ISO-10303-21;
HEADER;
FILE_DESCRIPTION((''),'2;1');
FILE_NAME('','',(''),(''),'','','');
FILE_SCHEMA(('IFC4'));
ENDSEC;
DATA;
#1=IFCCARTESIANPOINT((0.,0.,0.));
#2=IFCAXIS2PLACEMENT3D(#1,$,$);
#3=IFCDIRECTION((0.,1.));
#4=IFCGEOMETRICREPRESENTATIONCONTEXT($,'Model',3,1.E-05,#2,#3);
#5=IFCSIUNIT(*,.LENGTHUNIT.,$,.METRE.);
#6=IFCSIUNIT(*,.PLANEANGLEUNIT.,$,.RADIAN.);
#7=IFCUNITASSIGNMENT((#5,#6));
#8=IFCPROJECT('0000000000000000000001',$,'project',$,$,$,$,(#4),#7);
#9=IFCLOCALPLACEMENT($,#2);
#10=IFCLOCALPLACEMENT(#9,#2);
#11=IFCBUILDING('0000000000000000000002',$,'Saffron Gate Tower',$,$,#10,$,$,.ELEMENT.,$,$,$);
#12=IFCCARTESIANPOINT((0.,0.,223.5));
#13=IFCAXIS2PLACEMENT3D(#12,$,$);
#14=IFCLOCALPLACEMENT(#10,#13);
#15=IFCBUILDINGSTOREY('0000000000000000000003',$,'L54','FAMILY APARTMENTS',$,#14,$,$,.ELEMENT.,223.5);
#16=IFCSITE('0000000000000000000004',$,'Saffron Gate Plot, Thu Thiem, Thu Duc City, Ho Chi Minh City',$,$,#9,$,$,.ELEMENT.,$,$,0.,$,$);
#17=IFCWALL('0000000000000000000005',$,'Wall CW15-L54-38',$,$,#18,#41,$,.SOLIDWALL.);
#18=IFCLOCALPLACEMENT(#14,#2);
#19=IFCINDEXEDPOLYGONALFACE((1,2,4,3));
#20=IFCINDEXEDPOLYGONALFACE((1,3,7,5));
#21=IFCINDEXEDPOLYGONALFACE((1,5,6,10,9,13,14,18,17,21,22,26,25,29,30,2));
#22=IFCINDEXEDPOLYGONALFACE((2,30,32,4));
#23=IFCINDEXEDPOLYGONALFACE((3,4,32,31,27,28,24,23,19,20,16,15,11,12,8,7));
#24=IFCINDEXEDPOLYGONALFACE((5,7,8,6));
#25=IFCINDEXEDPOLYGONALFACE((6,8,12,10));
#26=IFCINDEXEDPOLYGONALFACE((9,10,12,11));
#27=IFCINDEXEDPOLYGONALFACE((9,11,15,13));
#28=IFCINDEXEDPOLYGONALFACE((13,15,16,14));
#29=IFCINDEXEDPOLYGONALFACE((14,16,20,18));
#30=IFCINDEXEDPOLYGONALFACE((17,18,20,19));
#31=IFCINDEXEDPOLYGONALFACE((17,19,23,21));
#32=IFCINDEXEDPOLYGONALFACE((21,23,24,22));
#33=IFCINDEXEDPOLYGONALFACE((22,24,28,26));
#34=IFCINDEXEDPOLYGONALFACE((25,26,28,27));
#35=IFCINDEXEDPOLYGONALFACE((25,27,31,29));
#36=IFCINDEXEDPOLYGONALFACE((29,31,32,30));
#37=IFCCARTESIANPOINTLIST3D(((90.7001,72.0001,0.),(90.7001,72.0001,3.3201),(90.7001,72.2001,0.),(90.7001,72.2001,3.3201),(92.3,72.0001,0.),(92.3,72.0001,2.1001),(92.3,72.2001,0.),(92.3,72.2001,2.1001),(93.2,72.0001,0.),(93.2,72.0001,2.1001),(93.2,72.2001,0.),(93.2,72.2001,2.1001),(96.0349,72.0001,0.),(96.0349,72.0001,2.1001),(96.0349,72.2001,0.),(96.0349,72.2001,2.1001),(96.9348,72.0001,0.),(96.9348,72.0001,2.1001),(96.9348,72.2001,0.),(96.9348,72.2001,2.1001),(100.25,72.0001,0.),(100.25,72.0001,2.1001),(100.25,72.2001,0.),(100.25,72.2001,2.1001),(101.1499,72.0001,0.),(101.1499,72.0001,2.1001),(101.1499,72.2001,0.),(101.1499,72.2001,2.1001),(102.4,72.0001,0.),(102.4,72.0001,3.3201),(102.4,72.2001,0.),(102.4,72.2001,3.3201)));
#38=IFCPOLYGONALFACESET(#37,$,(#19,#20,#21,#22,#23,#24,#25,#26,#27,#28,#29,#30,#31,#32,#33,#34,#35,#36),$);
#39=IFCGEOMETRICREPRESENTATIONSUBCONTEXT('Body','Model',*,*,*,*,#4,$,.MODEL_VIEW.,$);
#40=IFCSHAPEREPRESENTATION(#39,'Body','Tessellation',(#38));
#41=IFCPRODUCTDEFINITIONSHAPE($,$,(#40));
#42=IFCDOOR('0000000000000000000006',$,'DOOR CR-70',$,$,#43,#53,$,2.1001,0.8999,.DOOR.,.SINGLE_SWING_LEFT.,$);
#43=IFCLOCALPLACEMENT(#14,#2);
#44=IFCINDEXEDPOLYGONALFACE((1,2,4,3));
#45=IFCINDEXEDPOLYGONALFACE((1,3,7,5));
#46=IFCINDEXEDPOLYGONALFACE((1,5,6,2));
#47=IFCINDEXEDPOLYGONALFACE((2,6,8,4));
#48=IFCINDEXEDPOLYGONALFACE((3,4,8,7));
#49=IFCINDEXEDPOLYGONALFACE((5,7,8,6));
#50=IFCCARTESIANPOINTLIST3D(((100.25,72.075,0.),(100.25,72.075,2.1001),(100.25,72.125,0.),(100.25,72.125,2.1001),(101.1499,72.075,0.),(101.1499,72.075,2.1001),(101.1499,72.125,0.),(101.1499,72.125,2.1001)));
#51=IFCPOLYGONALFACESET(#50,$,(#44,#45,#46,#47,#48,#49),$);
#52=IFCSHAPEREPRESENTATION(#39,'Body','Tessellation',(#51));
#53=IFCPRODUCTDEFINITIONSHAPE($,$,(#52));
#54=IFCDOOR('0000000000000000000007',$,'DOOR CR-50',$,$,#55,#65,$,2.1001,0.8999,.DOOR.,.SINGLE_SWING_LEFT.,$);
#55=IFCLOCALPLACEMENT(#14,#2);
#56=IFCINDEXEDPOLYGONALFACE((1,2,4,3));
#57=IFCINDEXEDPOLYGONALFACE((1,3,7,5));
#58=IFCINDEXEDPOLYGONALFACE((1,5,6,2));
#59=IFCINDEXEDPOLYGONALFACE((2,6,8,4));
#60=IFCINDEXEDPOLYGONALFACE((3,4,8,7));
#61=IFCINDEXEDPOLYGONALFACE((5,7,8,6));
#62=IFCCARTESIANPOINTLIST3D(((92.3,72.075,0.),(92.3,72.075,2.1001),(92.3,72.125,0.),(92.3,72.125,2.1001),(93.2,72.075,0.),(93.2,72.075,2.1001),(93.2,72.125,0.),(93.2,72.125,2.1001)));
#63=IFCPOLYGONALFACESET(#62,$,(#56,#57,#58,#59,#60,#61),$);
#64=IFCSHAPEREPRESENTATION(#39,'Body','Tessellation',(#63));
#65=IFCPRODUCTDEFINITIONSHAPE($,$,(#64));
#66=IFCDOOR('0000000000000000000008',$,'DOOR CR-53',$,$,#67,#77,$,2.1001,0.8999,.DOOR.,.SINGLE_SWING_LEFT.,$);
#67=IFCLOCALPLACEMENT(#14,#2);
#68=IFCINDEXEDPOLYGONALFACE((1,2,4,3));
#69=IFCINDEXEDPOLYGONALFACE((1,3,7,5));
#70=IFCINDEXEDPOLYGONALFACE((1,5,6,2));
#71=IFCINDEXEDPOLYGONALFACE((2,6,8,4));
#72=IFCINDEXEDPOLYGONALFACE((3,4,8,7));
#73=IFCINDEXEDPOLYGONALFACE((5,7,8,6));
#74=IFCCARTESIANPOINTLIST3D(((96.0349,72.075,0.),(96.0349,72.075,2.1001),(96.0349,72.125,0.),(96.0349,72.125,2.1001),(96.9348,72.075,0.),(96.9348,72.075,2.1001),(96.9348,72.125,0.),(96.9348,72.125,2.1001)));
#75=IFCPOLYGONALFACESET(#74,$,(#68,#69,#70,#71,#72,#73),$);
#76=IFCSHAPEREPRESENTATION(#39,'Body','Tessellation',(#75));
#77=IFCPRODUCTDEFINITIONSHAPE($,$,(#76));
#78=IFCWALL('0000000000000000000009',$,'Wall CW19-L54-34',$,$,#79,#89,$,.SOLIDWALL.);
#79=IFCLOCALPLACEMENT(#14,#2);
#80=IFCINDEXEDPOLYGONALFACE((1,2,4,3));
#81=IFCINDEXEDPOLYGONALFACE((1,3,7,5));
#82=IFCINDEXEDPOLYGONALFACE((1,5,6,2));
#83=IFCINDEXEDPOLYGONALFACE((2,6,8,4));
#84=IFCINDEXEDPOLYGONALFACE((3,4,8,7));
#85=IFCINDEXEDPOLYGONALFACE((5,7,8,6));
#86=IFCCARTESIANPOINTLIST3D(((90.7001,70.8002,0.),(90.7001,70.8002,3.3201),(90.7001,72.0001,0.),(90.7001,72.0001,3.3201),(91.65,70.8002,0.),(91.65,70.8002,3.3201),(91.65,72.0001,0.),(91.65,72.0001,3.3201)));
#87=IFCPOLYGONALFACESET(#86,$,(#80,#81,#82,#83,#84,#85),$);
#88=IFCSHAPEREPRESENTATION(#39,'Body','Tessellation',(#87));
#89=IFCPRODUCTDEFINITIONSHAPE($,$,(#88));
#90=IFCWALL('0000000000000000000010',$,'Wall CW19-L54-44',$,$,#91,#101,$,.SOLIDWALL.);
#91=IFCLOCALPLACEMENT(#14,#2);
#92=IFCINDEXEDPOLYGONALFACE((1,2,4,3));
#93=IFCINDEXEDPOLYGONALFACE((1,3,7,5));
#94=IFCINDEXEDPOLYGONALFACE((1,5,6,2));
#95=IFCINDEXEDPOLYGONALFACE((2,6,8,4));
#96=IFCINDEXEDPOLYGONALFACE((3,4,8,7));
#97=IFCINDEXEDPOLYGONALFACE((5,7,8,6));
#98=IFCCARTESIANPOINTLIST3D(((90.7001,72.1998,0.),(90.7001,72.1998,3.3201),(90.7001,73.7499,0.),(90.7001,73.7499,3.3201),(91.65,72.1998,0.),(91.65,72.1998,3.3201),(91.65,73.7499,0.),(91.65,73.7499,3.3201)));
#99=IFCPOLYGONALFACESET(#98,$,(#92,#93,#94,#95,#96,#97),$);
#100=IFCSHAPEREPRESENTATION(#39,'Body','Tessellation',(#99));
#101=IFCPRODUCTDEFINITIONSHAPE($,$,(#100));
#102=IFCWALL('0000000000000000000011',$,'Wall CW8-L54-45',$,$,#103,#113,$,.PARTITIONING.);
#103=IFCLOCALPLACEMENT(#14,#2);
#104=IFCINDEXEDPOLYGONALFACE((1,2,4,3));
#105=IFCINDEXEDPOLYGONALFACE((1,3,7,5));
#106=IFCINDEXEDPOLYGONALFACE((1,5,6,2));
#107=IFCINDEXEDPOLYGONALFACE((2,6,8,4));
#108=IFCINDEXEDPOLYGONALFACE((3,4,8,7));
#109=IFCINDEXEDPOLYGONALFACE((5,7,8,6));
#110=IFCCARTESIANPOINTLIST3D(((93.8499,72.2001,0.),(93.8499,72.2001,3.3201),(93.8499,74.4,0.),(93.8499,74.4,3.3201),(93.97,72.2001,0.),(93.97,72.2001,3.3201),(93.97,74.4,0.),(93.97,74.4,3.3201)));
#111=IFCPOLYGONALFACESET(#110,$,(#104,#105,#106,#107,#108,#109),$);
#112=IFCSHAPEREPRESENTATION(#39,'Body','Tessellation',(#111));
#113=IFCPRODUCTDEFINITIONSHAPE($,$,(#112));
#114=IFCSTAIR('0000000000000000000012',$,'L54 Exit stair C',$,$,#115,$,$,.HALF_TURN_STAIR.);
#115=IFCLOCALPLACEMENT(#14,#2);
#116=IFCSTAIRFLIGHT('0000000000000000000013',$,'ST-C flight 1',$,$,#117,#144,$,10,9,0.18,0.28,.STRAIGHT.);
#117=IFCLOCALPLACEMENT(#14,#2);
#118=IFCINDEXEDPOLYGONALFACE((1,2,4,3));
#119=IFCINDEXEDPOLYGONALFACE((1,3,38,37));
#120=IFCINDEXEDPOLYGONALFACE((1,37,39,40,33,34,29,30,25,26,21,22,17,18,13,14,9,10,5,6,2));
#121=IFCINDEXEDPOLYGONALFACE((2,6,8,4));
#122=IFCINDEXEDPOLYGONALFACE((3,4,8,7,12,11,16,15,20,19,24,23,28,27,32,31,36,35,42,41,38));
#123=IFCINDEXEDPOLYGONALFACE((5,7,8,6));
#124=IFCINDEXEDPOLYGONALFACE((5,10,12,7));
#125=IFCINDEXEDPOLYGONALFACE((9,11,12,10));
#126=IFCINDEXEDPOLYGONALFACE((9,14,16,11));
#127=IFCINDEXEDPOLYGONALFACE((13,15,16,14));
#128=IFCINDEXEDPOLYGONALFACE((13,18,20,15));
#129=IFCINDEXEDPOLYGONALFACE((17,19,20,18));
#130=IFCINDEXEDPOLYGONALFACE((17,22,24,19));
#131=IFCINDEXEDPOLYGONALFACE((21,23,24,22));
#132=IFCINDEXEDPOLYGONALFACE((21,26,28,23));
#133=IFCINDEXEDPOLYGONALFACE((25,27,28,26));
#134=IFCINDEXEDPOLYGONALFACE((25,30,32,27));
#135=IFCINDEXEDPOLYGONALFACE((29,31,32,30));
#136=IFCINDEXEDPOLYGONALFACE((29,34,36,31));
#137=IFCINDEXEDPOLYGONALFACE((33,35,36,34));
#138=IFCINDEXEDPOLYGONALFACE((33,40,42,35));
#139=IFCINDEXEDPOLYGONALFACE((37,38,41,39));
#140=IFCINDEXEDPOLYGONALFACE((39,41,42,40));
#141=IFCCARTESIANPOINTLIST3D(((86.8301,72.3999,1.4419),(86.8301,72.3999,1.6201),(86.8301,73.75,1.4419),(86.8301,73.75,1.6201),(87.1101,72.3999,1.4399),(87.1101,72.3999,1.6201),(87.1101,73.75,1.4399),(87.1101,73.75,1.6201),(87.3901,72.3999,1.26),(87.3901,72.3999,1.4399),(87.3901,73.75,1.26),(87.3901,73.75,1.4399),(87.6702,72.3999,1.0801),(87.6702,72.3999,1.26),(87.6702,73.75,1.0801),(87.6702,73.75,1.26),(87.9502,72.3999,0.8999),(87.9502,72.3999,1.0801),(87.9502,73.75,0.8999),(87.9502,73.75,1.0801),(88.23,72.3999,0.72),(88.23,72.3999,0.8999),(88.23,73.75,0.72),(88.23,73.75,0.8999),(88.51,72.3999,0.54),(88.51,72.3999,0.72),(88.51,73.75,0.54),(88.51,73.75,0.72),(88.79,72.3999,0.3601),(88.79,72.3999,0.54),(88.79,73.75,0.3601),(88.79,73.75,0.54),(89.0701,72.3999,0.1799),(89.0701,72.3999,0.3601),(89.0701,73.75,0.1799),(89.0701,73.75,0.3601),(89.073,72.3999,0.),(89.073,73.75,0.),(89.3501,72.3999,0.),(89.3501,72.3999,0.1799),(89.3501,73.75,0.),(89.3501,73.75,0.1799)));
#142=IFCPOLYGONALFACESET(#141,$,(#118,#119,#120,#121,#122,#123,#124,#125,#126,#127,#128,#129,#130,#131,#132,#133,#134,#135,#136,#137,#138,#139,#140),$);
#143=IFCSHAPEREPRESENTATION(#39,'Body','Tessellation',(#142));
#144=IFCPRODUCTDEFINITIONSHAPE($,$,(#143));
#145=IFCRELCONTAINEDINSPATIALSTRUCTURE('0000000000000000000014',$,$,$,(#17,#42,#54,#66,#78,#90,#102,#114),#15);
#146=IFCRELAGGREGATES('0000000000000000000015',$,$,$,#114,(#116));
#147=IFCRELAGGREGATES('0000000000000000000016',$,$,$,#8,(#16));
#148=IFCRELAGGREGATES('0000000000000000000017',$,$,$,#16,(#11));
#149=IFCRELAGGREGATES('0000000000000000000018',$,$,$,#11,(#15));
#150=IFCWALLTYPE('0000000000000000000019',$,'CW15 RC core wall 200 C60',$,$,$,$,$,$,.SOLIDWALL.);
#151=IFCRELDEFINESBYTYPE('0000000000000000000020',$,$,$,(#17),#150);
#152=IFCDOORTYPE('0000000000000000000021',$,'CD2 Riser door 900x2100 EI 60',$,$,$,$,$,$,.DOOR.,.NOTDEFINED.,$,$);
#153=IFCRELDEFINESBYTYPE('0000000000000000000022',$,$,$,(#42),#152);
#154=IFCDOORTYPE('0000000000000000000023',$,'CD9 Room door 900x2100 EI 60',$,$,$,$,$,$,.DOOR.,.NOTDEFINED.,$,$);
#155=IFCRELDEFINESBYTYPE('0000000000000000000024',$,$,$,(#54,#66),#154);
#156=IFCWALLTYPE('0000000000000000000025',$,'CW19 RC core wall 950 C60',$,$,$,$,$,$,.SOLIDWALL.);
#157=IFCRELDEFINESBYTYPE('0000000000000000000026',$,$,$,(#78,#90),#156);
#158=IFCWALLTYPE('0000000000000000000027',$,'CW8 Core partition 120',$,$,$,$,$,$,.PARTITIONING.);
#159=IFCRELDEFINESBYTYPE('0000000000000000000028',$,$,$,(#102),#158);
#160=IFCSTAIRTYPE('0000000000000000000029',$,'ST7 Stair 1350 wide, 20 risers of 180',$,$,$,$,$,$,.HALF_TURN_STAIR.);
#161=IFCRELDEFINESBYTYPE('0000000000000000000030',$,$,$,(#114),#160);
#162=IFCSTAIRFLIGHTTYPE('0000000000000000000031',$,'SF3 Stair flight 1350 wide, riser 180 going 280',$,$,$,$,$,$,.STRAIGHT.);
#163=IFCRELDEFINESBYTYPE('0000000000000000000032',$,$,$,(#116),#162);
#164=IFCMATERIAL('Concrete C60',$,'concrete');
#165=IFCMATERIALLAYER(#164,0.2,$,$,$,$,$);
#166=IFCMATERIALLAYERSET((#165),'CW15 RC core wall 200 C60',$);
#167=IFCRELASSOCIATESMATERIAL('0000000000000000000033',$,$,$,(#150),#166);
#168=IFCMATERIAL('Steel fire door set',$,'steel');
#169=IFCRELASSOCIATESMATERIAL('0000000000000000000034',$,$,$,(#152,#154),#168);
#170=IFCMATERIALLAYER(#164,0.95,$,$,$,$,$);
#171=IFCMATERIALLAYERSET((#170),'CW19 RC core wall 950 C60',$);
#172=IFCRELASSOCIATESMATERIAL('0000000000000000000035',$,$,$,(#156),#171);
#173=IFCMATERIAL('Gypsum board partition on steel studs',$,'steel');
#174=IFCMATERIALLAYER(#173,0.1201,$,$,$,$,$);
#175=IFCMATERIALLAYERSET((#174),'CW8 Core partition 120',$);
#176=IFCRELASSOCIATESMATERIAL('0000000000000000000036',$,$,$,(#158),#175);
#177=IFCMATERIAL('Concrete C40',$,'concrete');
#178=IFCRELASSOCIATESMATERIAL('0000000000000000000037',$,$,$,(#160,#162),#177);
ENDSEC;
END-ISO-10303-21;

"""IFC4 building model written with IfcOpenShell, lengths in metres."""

from ifc_helpers import new_model, si_unit, direction, frame, frame_2d, origin, place, context, subcontext, project, spatial, polyline, rectangle, outline, extrude, material, layer, layer_set, type_object, element, fill, aggregate, save


model = new_model("IFC4")

# Units and contexts
model_context = context("Model", 3, precision=1e-05, world=origin(), true_north=direction((0.0, 1.0)))
body_context = subcontext(model_context, "Body", "Model", "MODEL_VIEW")
ifc_project = project(units=[si_unit("LENGTHUNIT", "METRE"), si_unit("PLANEANGLEUNIT", "RADIAN")], contexts=[model_context])

# Site, building, storey
site_placement = place(None, origin())
site = spatial("IfcSite", under=ifc_project, at=site_placement, Name="Saffron Gate Plot, Thu Thiem, Thu Duc City, Ho Chi Minh City", CompositionType="ELEMENT", RefElevation=0.0)
building_placement = place(site_placement, origin())
building = spatial("IfcBuilding", under=site, at=building_placement, Name="Saffron Gate Tower", CompositionType="ELEMENT")
storey_placement = place(building_placement, frame((0.0, 0.0, 223.5)))
storey = spatial("IfcBuildingStorey", under=building, at=storey_placement, Name="L54", Description="FAMILY APARTMENTS", CompositionType="ELEMENT", Elevation=223.5)

# Shared definitions
ifc_material_1 = material(Name="Concrete C60", Category="concrete")

# Shared definitions
ifc_material_2 = material(Name="Steel fire door set", Category="steel")

# Shared definitions
ifc_layer_1 = layer(ifc_material_1, 0.2)
ifc_layer_set_1 = layer_set([ifc_layer_1], Name="CW15 RC core wall 200 C60")
wall_type_1 = type_object("IfcWallType", Name="CW15 RC core wall 200 C60", PredefinedType="SOLIDWALL", material=ifc_layer_set_1)

# Shared definitions
door_type_1 = type_object("IfcDoorType", Name="CD2 Riser door 900x2100 EI 60", OperationType="NOTDEFINED", PredefinedType="DOOR", material=ifc_material_2)

# Wall, openings, doors
wall_1_placement = place(storey_placement, frame((90.7, 72.1001, 0.0), z_axis=(0.0, 0.0, 1.0), x_axis=(1.0, 0.0, 0.0)))
wall_1 = element("IfcWall", 1, at=wall_1_placement, inside=storey, type_object=wall_type_1, Name="Wall CW15-L54-38", PredefinedType="SOLIDWALL", context=body_context, shape_type="SweptSolid", body=[
    extrude(rectangle(XDim=11.7, YDim=0.2, at=frame_2d((5.8501, 0.0))), origin(), (0.0, 0.0, 1.0), 3.3201),
])
opening_1_placement = place(wall_1_placement, frame((1.6001, 0.0, 0.0)))
opening_1 = element("IfcOpeningElement", 2, at=opening_1_placement, cuts=wall_1, PredefinedType="OPENING", context=body_context, shape_type="SweptSolid", body=[
    extrude(rectangle(XDim=0.8999, YDim=2.1001, at=frame_2d((0.45, 1.05))), frame((0.0, 0.1099, 0.0), z_axis=(0.0, -1.0, 0.0), x_axis=(1.0, 0.0, 0.0)), (0.0, 0.0, 1.0), 0.22),
])
opening_2_placement = place(wall_1_placement, frame((5.335, 0.0, 0.0)))
opening_2 = element("IfcOpeningElement", 3, at=opening_2_placement, cuts=wall_1, PredefinedType="OPENING", context=body_context, shape_type="SweptSolid", body=[
    extrude(rectangle(XDim=0.8999, YDim=2.1001, at=frame_2d((0.45, 1.05))), frame((0.0, 0.1099, 0.0), z_axis=(0.0, -1.0, 0.0), x_axis=(1.0, 0.0, 0.0)), (0.0, 0.0, 1.0), 0.22),
])
opening_3_placement = place(wall_1_placement, frame((9.55, 0.0, 0.0)))
opening_3 = element("IfcOpeningElement", 4, at=opening_3_placement, cuts=wall_1, PredefinedType="OPENING", context=body_context, shape_type="SweptSolid", body=[
    extrude(rectangle(XDim=0.8999, YDim=2.1001, at=frame_2d((0.45, 1.05))), frame((0.0, 0.1099, 0.0), z_axis=(0.0, -1.0, 0.0), x_axis=(1.0, 0.0, 0.0)), (0.0, 0.0, 1.0), 0.22),
])
door_1_placement = place(opening_3_placement, origin())
door_1 = element("IfcDoor", 5, at=door_1_placement, inside=storey, type_object=door_type_1, Name="DOOR CR-70", OperationType="SINGLE_SWING_LEFT", OverallHeight=2.1001, OverallWidth=0.8999, PredefinedType="DOOR", context=body_context, shape_type="SweptSolid", body=[
    extrude(rectangle(XDim=0.8999, YDim=2.1001, at=frame_2d((0.45, 1.05))), frame((0.0, 0.0249, 0.0), z_axis=(0.0, -1.0, 0.0), x_axis=(1.0, 0.0, 0.0)), (0.0, 0.0, 1.0), 0.05),
])
fill(opening_3, door_1)
door_type_2 = type_object("IfcDoorType", Name="CD9 Room door 900x2100 EI 60", OperationType="NOTDEFINED", PredefinedType="DOOR", material=ifc_material_2)
door_2_placement = place(opening_1_placement, origin())
door_2 = element("IfcDoor", 6, at=door_2_placement, inside=storey, type_object=door_type_2, Name="DOOR CR-50", OperationType="SINGLE_SWING_LEFT", OverallHeight=2.1001, OverallWidth=0.8999, PredefinedType="DOOR", context=body_context, shape_type="SweptSolid", body=[
    extrude(rectangle(XDim=0.8999, YDim=2.1001, at=frame_2d((0.45, 1.05))), frame((0.0, 0.0249, 0.0), z_axis=(0.0, -1.0, 0.0), x_axis=(1.0, 0.0, 0.0)), (0.0, 0.0, 1.0), 0.05),
])
fill(opening_1, door_2)
door_3_placement = place(opening_2_placement, origin())
door_3 = element("IfcDoor", 7, at=door_3_placement, inside=storey, type_object=door_type_2, Name="DOOR CR-53", OperationType="SINGLE_SWING_LEFT", OverallHeight=2.1001, OverallWidth=0.8999, PredefinedType="DOOR", context=body_context, shape_type="SweptSolid", body=[
    extrude(rectangle(XDim=0.8999, YDim=2.1001, at=frame_2d((0.45, 1.05))), frame((0.0, 0.0249, 0.0), z_axis=(0.0, -1.0, 0.0), x_axis=(1.0, 0.0, 0.0)), (0.0, 0.0, 1.0), 0.05),
])
fill(opening_2, door_3)

# Walls
ifc_layer_2 = layer(ifc_material_1, 0.95)
ifc_layer_set_2 = layer_set([ifc_layer_2], Name="CW19 RC core wall 950 C60")
wall_type_2 = type_object("IfcWallType", Name="CW19 RC core wall 950 C60", PredefinedType="SOLIDWALL", material=ifc_layer_set_2)
wall_2_placement = place(storey_placement, frame((91.175, 70.8, 0.0), z_axis=(0.0, 0.0, 1.0), x_axis=(0.0, 1.0, 0.0)))
element("IfcWall", 8, at=wall_2_placement, inside=storey, type_object=wall_type_2, Name="Wall CW19-L54-34", PredefinedType="SOLIDWALL", context=body_context, shape_type="SweptSolid", body=[
    extrude(rectangle(XDim=1.2, YDim=0.95, at=frame_2d((0.6001, 0.0))), origin(), (0.0, 0.0, 1.0), 3.3201),
])
wall_3_placement = place(storey_placement, frame((91.175, 72.2, 0.0), z_axis=(0.0, 0.0, 1.0), x_axis=(0.0, 1.0, 0.0)))
element("IfcWall", 9, at=wall_3_placement, inside=storey, type_object=wall_type_2, Name="Wall CW19-L54-44", PredefinedType="SOLIDWALL", context=body_context, shape_type="SweptSolid", body=[
    extrude(rectangle(XDim=1.55, YDim=0.95, at=frame_2d((0.7749, 0.0))), origin(), (0.0, 0.0, 1.0), 3.3201),
])
ifc_material_3 = material(Name="Gypsum board partition on steel studs", Category="steel")
ifc_layer_3 = layer(ifc_material_3, 0.1201)
ifc_layer_set_3 = layer_set([ifc_layer_3], Name="CW8 Core partition 120")
wall_type_3 = type_object("IfcWallType", Name="CW8 Core partition 120", PredefinedType="PARTITIONING", material=ifc_layer_set_3)
wall_4_placement = place(storey_placement, frame((93.9099, 72.2, 0.0), z_axis=(0.0, 0.0, 1.0), x_axis=(0.0, 1.0, 0.0)))
element("IfcWall", 10, at=wall_4_placement, inside=storey, type_object=wall_type_3, Name="Wall CW8-L54-45", PredefinedType="PARTITIONING", context=body_context, shape_type="SweptSolid", body=[
    extrude(rectangle(XDim=2.2, YDim=0.1201, at=frame_2d((1.1001, 0.0))), origin(), (0.0, 0.0, 1.0), 3.3201),
])

# Stair, stair flight
ifc_material_4 = material(Name="Concrete C40", Category="concrete")
stair_type = type_object("IfcStairType", Name="ST7 Stair 1350 wide, 20 risers of 180", PredefinedType="HALF_TURN_STAIR", material=ifc_material_4)
stair_placement = place(storey_placement, origin())
stair = element("IfcStair", 11, at=stair_placement, inside=storey, type_object=stair_type, Name="L54 Exit stair C", PredefinedType="HALF_TURN_STAIR")
stair_flight_type = type_object("IfcStairFlightType", Name="SF3 Stair flight 1350 wide, riser 180 going 280", PredefinedType="STRAIGHT", material=ifc_material_4)
stair_flight_placement = place(storey_placement, frame((89.3501, 73.075, 0.0), z_axis=(0.0, 0.0, 1.0), x_axis=(-1.0, 0.0, 0.0)))
stair_flight = element("IfcStairFlight", 12, at=stair_flight_placement, type_object=stair_flight_type, Name="ST-C flight 1", NumberOfRisers=10, NumberOfTreads=9, PredefinedType="STRAIGHT", RiserHeight=0.18, TreadLength=0.28, context=body_context, shape_type="SweptSolid", body=[
    extrude(outline(polyline([(0.0, 0.0), (0.0, 0.1799), (0.28, 0.1799), (0.28, 0.3601), (0.5601, 0.3601), (0.5601, 0.54), (0.8401, 0.54), (0.8401, 0.72), (1.1201, 0.72), (1.1201, 0.8999), (1.3999, 0.8999), (1.3999, 1.0801), (1.6799, 1.0801), (1.6799, 1.26), (1.96, 1.26), (1.96, 1.4399), (2.24, 1.4399), (2.24, 1.6201), (2.52, 1.6201), (2.52, 1.8), (2.52, 1.4419), (0.2771, 0.0), (0.0, 0.0)])), frame((0.0, 0.675, 0.0), z_axis=(0.0, -1.0, 0.0), x_axis=(1.0, 0.0, 0.0)), (0.0, 0.0, 1.0), 1.3501),
])
aggregate(stair, [stair_flight])

save(model, "model.ifc")
